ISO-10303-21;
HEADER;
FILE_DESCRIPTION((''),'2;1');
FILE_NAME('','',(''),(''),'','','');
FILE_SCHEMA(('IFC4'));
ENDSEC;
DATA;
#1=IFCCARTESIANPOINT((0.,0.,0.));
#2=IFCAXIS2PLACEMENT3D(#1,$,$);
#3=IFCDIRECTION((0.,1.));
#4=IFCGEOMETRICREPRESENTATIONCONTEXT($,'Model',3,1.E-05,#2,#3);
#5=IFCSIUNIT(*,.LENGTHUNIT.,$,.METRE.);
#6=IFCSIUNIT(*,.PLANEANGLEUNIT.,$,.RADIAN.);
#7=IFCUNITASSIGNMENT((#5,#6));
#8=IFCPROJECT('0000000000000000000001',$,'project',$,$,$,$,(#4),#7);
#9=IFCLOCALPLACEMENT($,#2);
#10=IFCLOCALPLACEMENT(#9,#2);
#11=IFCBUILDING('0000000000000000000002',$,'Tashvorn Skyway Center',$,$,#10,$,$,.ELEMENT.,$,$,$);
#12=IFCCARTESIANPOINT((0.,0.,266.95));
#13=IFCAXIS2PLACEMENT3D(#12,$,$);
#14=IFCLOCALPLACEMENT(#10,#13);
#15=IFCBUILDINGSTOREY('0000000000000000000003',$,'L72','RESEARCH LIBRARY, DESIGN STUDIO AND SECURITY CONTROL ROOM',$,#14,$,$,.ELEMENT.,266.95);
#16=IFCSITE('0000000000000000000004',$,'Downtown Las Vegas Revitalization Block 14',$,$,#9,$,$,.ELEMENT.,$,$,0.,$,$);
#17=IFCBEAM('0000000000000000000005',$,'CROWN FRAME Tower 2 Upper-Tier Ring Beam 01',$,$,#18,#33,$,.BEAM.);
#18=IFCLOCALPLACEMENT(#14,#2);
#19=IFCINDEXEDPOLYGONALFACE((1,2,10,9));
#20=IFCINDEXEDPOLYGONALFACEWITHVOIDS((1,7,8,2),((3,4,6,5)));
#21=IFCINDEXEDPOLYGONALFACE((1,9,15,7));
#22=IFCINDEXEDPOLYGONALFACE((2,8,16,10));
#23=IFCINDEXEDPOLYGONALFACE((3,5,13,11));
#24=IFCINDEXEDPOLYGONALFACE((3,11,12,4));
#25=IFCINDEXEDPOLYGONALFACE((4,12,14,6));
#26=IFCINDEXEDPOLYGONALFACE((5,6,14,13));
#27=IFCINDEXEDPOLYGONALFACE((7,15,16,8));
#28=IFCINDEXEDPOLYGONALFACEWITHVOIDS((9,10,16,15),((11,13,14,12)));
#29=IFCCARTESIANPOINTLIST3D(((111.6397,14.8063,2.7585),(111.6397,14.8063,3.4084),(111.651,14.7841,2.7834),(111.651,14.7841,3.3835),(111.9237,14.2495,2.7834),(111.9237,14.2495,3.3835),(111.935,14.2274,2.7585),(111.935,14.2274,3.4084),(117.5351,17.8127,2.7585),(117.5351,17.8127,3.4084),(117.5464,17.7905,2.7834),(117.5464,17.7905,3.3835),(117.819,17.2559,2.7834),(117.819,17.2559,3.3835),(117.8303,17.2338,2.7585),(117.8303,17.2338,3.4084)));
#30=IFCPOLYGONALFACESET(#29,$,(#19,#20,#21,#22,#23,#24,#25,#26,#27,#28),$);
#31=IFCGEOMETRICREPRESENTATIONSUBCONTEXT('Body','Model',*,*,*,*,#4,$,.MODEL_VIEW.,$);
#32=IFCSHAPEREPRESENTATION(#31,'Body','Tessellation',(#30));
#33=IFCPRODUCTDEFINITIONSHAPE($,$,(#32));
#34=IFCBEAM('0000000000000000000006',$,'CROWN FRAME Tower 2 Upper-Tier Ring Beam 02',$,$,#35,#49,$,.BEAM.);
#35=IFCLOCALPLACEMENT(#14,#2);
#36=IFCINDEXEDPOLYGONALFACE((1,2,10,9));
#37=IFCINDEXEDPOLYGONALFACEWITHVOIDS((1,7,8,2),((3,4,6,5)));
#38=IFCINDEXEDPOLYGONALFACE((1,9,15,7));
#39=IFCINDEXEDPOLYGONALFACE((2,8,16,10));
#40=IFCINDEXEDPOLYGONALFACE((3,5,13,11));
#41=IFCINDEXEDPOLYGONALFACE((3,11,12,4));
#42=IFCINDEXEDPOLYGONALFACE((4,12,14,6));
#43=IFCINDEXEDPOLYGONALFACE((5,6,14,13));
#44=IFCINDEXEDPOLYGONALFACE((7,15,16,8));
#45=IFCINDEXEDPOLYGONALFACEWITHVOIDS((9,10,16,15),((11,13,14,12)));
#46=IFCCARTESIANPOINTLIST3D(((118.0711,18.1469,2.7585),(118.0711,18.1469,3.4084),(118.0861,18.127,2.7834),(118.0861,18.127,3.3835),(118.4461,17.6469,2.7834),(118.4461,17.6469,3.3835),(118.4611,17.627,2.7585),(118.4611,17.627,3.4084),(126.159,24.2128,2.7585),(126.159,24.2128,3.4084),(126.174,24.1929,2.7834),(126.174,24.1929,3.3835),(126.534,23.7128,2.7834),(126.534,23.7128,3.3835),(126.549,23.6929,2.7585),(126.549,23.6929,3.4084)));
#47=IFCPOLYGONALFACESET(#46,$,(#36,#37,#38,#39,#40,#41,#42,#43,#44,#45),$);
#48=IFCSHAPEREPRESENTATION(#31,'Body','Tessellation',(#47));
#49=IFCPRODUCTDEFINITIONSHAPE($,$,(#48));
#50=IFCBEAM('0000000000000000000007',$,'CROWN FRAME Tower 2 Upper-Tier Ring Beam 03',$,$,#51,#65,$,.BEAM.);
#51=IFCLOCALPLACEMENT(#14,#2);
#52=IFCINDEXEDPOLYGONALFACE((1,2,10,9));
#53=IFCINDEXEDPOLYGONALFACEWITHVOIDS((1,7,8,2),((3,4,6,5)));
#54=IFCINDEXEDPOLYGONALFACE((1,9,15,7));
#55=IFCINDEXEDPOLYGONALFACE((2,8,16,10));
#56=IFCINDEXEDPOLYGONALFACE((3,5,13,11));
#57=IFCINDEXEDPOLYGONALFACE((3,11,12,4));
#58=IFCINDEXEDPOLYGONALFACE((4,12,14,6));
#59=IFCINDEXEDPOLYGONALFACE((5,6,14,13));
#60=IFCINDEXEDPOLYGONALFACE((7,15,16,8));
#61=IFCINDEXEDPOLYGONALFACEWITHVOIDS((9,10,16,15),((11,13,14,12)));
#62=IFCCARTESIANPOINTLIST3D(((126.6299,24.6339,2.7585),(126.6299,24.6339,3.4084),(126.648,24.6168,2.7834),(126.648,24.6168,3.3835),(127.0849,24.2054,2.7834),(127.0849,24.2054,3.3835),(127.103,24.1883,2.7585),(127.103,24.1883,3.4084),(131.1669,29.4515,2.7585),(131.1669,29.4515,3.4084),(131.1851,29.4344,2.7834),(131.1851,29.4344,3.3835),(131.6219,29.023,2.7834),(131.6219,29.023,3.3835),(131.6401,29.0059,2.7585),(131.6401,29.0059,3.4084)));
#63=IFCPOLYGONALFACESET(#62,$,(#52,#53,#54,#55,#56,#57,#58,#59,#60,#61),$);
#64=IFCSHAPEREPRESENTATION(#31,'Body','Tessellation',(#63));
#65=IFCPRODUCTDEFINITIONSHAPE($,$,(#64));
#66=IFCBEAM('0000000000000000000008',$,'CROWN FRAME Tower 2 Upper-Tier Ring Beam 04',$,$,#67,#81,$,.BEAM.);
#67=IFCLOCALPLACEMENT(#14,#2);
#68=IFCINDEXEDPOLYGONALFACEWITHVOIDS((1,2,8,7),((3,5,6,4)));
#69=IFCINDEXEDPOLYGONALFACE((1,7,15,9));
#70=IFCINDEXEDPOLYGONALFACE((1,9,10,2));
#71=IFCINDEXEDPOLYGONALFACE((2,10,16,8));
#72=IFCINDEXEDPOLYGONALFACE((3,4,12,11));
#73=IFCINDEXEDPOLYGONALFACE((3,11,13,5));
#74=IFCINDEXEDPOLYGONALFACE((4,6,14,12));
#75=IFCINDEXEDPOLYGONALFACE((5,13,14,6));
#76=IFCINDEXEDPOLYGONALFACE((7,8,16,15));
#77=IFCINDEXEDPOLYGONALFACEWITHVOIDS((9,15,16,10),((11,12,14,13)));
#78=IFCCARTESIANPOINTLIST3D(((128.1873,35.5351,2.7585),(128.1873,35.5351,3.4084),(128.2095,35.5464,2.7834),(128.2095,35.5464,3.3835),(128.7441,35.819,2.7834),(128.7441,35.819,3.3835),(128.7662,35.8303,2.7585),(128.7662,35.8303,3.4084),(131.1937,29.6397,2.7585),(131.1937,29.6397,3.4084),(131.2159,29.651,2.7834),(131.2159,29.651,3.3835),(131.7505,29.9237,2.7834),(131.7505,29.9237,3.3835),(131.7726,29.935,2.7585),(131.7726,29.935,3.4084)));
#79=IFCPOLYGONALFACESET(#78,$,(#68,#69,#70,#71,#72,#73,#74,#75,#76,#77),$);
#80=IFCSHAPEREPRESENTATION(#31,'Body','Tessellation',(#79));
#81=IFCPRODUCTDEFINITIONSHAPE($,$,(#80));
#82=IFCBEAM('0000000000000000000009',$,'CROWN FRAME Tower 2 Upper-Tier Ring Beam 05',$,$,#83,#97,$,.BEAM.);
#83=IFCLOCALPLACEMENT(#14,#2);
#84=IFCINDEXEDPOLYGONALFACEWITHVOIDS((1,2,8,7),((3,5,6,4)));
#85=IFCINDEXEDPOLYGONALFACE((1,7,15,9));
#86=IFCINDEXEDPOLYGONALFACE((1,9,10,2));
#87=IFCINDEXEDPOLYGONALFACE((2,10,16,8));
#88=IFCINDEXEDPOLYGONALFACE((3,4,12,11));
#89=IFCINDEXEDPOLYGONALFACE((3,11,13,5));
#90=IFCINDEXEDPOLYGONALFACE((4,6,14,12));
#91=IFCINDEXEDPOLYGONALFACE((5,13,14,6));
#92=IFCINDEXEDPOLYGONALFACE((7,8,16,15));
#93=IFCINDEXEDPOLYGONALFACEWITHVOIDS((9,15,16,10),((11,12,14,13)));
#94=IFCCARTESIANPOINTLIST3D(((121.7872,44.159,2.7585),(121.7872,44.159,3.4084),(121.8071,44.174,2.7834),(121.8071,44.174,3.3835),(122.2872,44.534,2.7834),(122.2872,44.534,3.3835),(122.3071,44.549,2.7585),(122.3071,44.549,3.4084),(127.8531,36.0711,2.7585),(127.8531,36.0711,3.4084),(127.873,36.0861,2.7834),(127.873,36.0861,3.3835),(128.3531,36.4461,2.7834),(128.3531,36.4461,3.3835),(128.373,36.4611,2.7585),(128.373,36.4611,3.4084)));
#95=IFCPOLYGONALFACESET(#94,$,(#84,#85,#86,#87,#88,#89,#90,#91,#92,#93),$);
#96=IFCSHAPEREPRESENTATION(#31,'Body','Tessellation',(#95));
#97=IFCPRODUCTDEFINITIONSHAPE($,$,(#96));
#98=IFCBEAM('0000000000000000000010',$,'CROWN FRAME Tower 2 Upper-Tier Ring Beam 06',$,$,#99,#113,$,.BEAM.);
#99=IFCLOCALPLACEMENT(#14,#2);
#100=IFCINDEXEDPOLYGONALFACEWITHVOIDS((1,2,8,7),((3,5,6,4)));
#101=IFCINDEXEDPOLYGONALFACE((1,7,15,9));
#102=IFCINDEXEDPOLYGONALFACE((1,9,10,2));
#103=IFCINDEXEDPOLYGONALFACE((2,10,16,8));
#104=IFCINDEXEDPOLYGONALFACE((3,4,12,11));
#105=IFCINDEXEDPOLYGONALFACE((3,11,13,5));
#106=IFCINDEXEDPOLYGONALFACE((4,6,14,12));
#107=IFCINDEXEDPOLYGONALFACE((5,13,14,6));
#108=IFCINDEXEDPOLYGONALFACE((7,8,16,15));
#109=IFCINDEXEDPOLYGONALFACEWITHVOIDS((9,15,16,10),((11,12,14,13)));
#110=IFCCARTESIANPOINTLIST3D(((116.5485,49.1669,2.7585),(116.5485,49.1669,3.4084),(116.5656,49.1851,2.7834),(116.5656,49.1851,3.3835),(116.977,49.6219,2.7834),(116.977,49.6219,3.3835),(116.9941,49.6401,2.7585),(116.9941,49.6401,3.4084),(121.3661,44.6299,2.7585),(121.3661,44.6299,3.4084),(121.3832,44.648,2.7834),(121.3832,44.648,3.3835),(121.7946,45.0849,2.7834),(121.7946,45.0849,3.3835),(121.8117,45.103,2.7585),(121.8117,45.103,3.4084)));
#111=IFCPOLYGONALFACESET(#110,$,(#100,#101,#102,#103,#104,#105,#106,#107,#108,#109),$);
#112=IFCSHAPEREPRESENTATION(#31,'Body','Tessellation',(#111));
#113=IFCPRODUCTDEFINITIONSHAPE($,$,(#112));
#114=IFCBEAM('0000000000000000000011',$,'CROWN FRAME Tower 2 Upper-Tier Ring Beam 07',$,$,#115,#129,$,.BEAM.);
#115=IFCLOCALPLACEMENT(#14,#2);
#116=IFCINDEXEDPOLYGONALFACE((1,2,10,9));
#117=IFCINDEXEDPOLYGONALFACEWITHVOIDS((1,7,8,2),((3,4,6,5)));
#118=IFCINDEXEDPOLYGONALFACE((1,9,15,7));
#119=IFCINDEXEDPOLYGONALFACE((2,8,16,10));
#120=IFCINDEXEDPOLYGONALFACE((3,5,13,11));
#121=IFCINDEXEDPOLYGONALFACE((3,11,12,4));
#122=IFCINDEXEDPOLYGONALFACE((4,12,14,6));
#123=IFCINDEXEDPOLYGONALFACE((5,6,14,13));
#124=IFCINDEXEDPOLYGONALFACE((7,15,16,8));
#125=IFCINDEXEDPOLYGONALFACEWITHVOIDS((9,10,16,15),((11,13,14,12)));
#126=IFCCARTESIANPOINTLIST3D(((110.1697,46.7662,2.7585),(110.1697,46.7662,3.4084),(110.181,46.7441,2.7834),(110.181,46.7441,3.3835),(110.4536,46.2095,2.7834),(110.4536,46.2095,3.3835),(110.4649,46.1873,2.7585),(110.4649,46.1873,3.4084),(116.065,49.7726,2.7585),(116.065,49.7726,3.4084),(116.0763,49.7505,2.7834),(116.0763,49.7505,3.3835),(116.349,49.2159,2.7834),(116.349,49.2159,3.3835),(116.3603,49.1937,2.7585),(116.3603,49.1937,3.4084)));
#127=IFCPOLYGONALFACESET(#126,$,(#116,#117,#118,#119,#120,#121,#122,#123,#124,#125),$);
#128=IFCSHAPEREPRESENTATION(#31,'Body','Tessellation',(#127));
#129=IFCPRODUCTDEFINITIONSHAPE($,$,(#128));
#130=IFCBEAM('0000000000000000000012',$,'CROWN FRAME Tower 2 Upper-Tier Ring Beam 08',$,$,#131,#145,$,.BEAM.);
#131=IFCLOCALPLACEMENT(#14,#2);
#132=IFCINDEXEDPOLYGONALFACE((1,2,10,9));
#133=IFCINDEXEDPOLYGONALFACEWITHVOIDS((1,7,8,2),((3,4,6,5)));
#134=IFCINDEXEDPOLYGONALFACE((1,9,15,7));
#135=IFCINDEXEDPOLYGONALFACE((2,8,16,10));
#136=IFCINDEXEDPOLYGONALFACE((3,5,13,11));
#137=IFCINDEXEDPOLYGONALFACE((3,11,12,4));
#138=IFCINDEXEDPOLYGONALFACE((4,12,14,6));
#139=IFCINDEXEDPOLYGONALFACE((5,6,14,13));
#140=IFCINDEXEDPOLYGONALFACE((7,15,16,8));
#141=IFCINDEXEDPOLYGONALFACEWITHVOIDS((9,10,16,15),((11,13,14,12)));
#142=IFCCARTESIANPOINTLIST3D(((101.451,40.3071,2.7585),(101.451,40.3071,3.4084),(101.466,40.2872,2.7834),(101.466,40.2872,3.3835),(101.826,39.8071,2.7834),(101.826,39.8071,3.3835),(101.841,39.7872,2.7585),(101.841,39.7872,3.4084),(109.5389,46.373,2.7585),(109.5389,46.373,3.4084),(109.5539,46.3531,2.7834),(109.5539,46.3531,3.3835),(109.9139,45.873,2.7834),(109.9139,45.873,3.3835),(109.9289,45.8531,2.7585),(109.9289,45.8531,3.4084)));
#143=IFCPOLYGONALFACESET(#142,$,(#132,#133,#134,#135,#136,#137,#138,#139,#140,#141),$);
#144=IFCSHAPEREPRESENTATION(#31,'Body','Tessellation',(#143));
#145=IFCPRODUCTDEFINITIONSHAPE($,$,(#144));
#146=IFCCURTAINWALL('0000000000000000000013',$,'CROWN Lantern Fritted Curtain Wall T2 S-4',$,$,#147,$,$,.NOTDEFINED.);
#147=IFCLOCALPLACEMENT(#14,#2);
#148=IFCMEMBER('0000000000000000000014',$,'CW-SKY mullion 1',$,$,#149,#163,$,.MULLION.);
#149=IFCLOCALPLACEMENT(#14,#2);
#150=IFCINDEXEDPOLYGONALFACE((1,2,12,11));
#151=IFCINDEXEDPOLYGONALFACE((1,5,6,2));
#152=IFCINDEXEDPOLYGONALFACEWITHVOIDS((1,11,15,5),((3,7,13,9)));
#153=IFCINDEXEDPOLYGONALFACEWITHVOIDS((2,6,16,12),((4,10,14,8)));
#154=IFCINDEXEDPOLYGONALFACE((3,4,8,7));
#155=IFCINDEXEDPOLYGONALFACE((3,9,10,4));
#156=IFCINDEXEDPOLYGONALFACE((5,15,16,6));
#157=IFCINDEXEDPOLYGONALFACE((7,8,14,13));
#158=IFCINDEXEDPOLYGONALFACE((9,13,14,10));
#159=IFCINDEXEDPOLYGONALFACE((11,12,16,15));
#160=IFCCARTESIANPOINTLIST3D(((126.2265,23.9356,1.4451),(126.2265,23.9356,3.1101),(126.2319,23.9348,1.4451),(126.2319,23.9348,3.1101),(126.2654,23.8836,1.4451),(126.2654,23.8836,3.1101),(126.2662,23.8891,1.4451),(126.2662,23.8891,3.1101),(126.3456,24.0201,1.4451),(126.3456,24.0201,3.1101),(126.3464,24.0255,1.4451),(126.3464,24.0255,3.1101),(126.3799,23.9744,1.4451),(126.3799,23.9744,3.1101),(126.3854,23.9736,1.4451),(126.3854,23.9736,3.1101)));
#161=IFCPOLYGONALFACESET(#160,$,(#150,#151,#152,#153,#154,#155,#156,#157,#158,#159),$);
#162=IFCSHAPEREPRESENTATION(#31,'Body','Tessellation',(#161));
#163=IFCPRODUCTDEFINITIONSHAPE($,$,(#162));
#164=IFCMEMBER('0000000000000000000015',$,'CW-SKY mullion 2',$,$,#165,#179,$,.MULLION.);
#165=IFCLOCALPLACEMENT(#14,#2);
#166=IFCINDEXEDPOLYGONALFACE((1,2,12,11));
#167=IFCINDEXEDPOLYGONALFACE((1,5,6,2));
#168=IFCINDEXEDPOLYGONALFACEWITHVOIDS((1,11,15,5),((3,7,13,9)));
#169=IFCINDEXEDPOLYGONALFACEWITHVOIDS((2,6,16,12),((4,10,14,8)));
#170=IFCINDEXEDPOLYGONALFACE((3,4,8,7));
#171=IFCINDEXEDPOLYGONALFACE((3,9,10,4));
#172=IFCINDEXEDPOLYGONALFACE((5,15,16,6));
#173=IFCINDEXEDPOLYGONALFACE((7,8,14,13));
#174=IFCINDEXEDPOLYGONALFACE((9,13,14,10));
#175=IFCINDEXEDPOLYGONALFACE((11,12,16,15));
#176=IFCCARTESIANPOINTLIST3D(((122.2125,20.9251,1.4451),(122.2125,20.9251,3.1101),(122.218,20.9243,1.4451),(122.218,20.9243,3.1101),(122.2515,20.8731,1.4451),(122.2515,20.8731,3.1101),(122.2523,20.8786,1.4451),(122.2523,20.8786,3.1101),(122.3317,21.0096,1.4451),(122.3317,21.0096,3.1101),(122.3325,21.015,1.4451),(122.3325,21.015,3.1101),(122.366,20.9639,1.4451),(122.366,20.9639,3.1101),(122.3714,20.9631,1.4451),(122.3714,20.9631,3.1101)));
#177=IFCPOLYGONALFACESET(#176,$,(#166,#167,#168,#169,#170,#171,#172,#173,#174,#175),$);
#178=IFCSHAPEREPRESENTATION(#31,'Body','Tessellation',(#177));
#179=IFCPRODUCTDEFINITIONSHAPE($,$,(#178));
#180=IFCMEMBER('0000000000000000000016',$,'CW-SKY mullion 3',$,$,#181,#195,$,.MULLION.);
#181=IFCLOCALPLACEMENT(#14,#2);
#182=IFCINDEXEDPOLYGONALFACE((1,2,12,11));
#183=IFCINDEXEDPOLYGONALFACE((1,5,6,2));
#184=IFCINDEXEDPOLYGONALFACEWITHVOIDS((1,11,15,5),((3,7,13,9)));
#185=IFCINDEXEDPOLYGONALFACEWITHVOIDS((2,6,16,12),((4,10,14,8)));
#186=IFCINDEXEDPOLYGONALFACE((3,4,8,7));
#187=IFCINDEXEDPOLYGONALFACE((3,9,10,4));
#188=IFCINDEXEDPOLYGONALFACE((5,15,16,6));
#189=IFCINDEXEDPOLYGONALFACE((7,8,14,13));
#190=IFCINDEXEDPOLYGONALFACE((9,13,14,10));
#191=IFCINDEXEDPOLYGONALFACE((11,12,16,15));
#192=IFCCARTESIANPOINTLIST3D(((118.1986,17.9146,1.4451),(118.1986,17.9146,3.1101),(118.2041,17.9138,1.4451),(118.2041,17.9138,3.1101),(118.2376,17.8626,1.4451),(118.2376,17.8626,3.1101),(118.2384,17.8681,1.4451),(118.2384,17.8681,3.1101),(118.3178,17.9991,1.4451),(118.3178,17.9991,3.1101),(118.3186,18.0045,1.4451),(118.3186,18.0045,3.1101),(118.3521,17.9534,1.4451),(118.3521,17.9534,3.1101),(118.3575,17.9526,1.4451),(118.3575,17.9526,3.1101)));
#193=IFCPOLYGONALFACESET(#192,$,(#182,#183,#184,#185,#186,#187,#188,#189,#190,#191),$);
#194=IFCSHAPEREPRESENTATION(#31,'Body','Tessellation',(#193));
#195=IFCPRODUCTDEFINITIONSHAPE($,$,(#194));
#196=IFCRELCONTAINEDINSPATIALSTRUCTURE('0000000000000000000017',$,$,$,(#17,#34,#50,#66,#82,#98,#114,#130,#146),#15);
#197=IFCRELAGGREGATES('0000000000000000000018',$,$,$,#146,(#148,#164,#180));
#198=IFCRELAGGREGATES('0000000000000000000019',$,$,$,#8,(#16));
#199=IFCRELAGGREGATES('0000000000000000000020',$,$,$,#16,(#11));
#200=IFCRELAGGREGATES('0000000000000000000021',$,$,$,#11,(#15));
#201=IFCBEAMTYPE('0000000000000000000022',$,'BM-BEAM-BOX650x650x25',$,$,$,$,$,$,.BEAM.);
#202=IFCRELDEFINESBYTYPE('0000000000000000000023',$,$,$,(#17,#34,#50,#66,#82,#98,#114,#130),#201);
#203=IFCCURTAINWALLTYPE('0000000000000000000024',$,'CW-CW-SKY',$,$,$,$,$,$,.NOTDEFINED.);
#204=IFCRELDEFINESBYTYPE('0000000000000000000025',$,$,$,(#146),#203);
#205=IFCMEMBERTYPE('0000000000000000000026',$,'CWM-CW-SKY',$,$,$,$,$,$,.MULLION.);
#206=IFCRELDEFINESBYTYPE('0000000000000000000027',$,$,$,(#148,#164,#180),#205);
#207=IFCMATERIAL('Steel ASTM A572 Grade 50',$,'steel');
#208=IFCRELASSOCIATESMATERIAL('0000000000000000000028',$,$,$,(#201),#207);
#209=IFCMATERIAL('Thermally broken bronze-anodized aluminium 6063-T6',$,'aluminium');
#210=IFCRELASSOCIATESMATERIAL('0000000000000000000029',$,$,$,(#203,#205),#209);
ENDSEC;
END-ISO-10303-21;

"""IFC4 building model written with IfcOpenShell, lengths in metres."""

from ifc_helpers import new_model, si_unit, direction, frame, origin, origin_2d, place, context, subcontext, project, spatial, hollow_rectangle, extrude, material, material_profile, profile_set, type_object, element, aggregate, save


model = new_model("IFC4")

# Units and contexts
model_context = context("Model", 3, precision=1e-05, world=origin(), true_north=direction((0.0, 1.0)))
body_context = subcontext(model_context, "Body", "Model", "MODEL_VIEW")
ifc_project = project(units=[si_unit("LENGTHUNIT", "METRE"), si_unit("PLANEANGLEUNIT", "RADIAN")], contexts=[model_context])

# Site, building, storey
site_placement = place(None, origin())
site = spatial("IfcSite", under=ifc_project, at=site_placement, Name="Downtown Las Vegas Revitalization Block 14", CompositionType="ELEMENT", RefElevation=0.0)
building_placement = place(site_placement, origin())
building = spatial("IfcBuilding", under=site, at=building_placement, Name="Tashvorn Skyway Center", CompositionType="ELEMENT")
storey_placement = place(building_placement, frame((0.0, 0.0, 266.95)))
storey = spatial("IfcBuildingStorey", under=building, at=storey_placement, Name="L72", Description="RESEARCH LIBRARY, DESIGN STUDIO AND SECURITY CONTROL ROOM", CompositionType="ELEMENT", Elevation=266.95)

# Beams
ifc_material_1 = material(Name="Steel ASTM A572 Grade 50", Category="steel")
ifc_material_profile_1 = material_profile(ifc_material_1, hollow_rectangle(XDim=0.6499, YDim=0.6499, WallThickness=0.0249, at=origin_2d()), Name="BOX650x650x25")
ifc_profile_set_1 = profile_set([ifc_material_profile_1], Name="Steel ASTM A572 Grade 50")
beam_type = type_object("IfcBeamType", Name="BM-BEAM-BOX650x650x25", PredefinedType="BEAM", material=ifc_profile_set_1)
beam_1_placement = place(storey_placement, frame((111.7874, 14.5168, 3.0835), z_axis=(0.89085, 0.454298, 0.0), x_axis=(-0.454298, 0.89085, 0.0)))
element("IfcBeam", 1, at=beam_1_placement, inside=storey, type_object=beam_type, Name="CROWN FRAME Tower 2 Upper-Tier Ring Beam 01", PredefinedType="BEAM", context=body_context, shape_type="SweptSolid", body=[
    extrude(hollow_rectangle(XDim=0.6499, YDim=0.6499, WallThickness=0.0249, at=origin_2d()), origin(), (0.0, 0.0, 1.0), 6.6177),
])
beam_2_placement = place(storey_placement, frame((118.2661, 17.887, 3.0835), z_axis=(0.8, 0.6, 0.0), x_axis=(-0.6, 0.8, 0.0)))
element("IfcBeam", 2, at=beam_2_placement, inside=storey, type_object=beam_type, Name="CROWN FRAME Tower 2 Upper-Tier Ring Beam 02", PredefinedType="BEAM", context=body_context, shape_type="SweptSolid", body=[
    extrude(hollow_rectangle(XDim=0.6499, YDim=0.6499, WallThickness=0.0249, at=origin_2d()), origin(), (0.0, 0.0, 1.0), 10.1099),
])
for number, where, z_axis, x_axis, name in (
    (3, (126.8665, 24.4111, 3.0835), (0.685595, 0.727983, 0.0), (-0.727983, 0.685595, 0.0), "CROWN FRAME Tower 2 Upper-Tier Ring Beam 03"),
    (4, (131.4832, 29.7874, 3.0835), (-0.454298, 0.89085, 0.0), (-0.89085, -0.454298, 0.0), "CROWN FRAME Tower 2 Upper-Tier Ring Beam 04"),
):
    element("IfcBeam", number, at=place(storey_placement, frame(where, z_axis=z_axis, x_axis=x_axis)), inside=storey, type_object=beam_type, Name=name, PredefinedType="BEAM", context=body_context, shape_type="SweptSolid", body=[
        extrude(hollow_rectangle(XDim=0.6499, YDim=0.6499, WallThickness=0.0249, at=origin_2d()), origin(), (0.0, 0.0, 1.0), 6.6177),
    ])
beam_3_placement = place(storey_placement, frame((128.113, 36.2661, 3.0835), z_axis=(-0.6, 0.8, 0.0), x_axis=(-0.8, -0.6, 0.0)))
element("IfcBeam", 5, at=beam_3_placement, inside=storey, type_object=beam_type, Name="CROWN FRAME Tower 2 Upper-Tier Ring Beam 05", PredefinedType="BEAM", context=body_context, shape_type="SweptSolid", body=[
    extrude(hollow_rectangle(XDim=0.6499, YDim=0.6499, WallThickness=0.0249, at=origin_2d()), origin(), (0.0, 0.0, 1.0), 10.1099),
])
for number, where, z_axis, x_axis, name in (
    (6, (121.5889, 44.8665, 3.0835), (-0.727983, 0.685595, 0.0), (-0.685595, -0.727983, 0.0), "CROWN FRAME Tower 2 Upper-Tier Ring Beam 06"),
    (7, (116.2126, 49.4832, 3.0835), (-0.89085, -0.454298, 0.0), (0.454298, -0.89085, 0.0), "CROWN FRAME Tower 2 Upper-Tier Ring Beam 07"),
):
    element("IfcBeam", number, at=place(storey_placement, frame(where, z_axis=z_axis, x_axis=x_axis)), inside=storey, type_object=beam_type, Name=name, PredefinedType="BEAM", context=body_context, shape_type="SweptSolid", body=[
        extrude(hollow_rectangle(XDim=0.6499, YDim=0.6499, WallThickness=0.0249, at=origin_2d()), origin(), (0.0, 0.0, 1.0), 6.6177),
    ])
beam_4_placement = place(storey_placement, frame((109.7339, 46.113, 3.0835), z_axis=(-0.8, -0.6, 0.0), x_axis=(0.6, -0.8, 0.0)))
element("IfcBeam", 8, at=beam_4_placement, inside=storey, type_object=beam_type, Name="CROWN FRAME Tower 2 Upper-Tier Ring Beam 08", PredefinedType="BEAM", context=body_context, shape_type="SweptSolid", body=[
    extrude(hollow_rectangle(XDim=0.6499, YDim=0.6499, WallThickness=0.0249, at=origin_2d()), origin(), (0.0, 0.0, 1.0), 10.1099),
])

# Curtain wall, members
ifc_material_2 = material(Name="Thermally broken bronze-anodized aluminium 6063-T6", Category="aluminium")
curtain_wall_type = type_object("IfcCurtainWallType", Name="CW-CW-SKY", PredefinedType="NOTDEFINED", material=ifc_material_2)
curtain_wall_1_placement = place(storey_placement, origin())
curtain_wall_1 = element("IfcCurtainWall", 9, at=curtain_wall_1_placement, inside=storey, type_object=curtain_wall_type, Name="CROWN Lantern Fritted Curtain Wall T2 S-4", PredefinedType="NOTDEFINED")
ifc_material_profile_2 = material_profile(ifc_material_2, hollow_rectangle(XDim=0.0649, YDim=0.1499, WallThickness=0.0039, at=origin_2d()), Name="ALU-MULL-65x150")
ifc_profile_set_2 = profile_set([ifc_material_profile_2], Name="Thermally broken bronze-anodized aluminium 6063-T6")
member_type_1 = type_object("IfcMemberType", Name="CWM-CW-SKY", PredefinedType="MULLION", material=ifc_profile_set_2)
member_1_placement = place(storey_placement, frame((126.3059, 23.9546, 1.4451), z_axis=(0.0, 0.0, 1.0), x_axis=(0.6, -0.8, 0.0)))
member_1 = element("IfcMember", 10, at=member_1_placement, type_object=member_type_1, Name="CW-SKY mullion 1", PredefinedType="MULLION", context=body_context, shape_type="SweptSolid", body=[
    extrude(hollow_rectangle(XDim=0.0649, YDim=0.1499, WallThickness=0.0039, at=origin_2d()), origin(), (0.0, 0.0, 1.0), 1.665),
])
member_2_placement = place(storey_placement, frame((122.292, 20.9441, 1.4451), z_axis=(0.0, 0.0, 1.0), x_axis=(0.6, -0.8, 0.0)))
member_2 = element("IfcMember", 11, at=member_2_placement, type_object=member_type_1, Name="CW-SKY mullion 2", PredefinedType="MULLION", context=body_context, shape_type="SweptSolid", body=[
    extrude(hollow_rectangle(XDim=0.0649, YDim=0.1499, WallThickness=0.0039, at=origin_2d()), origin(), (0.0, 0.0, 1.0), 1.665),
])
member_3_placement = place(storey_placement, frame((118.2781, 17.9336, 1.4451), z_axis=(0.0, 0.0, 1.0), x_axis=(0.6, -0.8, 0.0)))
member_3 = element("IfcMember", 12, at=member_3_placement, type_object=member_type_1, Name="CW-SKY mullion 3", PredefinedType="MULLION", context=body_context, shape_type="SweptSolid", body=[
    extrude(hollow_rectangle(XDim=0.0649, YDim=0.1499, WallThickness=0.0039, at=origin_2d()), origin(), (0.0, 0.0, 1.0), 1.665),
])

aggregate(curtain_wall_1, [member_1, member_2, member_3])

save(model, "model.ifc")
